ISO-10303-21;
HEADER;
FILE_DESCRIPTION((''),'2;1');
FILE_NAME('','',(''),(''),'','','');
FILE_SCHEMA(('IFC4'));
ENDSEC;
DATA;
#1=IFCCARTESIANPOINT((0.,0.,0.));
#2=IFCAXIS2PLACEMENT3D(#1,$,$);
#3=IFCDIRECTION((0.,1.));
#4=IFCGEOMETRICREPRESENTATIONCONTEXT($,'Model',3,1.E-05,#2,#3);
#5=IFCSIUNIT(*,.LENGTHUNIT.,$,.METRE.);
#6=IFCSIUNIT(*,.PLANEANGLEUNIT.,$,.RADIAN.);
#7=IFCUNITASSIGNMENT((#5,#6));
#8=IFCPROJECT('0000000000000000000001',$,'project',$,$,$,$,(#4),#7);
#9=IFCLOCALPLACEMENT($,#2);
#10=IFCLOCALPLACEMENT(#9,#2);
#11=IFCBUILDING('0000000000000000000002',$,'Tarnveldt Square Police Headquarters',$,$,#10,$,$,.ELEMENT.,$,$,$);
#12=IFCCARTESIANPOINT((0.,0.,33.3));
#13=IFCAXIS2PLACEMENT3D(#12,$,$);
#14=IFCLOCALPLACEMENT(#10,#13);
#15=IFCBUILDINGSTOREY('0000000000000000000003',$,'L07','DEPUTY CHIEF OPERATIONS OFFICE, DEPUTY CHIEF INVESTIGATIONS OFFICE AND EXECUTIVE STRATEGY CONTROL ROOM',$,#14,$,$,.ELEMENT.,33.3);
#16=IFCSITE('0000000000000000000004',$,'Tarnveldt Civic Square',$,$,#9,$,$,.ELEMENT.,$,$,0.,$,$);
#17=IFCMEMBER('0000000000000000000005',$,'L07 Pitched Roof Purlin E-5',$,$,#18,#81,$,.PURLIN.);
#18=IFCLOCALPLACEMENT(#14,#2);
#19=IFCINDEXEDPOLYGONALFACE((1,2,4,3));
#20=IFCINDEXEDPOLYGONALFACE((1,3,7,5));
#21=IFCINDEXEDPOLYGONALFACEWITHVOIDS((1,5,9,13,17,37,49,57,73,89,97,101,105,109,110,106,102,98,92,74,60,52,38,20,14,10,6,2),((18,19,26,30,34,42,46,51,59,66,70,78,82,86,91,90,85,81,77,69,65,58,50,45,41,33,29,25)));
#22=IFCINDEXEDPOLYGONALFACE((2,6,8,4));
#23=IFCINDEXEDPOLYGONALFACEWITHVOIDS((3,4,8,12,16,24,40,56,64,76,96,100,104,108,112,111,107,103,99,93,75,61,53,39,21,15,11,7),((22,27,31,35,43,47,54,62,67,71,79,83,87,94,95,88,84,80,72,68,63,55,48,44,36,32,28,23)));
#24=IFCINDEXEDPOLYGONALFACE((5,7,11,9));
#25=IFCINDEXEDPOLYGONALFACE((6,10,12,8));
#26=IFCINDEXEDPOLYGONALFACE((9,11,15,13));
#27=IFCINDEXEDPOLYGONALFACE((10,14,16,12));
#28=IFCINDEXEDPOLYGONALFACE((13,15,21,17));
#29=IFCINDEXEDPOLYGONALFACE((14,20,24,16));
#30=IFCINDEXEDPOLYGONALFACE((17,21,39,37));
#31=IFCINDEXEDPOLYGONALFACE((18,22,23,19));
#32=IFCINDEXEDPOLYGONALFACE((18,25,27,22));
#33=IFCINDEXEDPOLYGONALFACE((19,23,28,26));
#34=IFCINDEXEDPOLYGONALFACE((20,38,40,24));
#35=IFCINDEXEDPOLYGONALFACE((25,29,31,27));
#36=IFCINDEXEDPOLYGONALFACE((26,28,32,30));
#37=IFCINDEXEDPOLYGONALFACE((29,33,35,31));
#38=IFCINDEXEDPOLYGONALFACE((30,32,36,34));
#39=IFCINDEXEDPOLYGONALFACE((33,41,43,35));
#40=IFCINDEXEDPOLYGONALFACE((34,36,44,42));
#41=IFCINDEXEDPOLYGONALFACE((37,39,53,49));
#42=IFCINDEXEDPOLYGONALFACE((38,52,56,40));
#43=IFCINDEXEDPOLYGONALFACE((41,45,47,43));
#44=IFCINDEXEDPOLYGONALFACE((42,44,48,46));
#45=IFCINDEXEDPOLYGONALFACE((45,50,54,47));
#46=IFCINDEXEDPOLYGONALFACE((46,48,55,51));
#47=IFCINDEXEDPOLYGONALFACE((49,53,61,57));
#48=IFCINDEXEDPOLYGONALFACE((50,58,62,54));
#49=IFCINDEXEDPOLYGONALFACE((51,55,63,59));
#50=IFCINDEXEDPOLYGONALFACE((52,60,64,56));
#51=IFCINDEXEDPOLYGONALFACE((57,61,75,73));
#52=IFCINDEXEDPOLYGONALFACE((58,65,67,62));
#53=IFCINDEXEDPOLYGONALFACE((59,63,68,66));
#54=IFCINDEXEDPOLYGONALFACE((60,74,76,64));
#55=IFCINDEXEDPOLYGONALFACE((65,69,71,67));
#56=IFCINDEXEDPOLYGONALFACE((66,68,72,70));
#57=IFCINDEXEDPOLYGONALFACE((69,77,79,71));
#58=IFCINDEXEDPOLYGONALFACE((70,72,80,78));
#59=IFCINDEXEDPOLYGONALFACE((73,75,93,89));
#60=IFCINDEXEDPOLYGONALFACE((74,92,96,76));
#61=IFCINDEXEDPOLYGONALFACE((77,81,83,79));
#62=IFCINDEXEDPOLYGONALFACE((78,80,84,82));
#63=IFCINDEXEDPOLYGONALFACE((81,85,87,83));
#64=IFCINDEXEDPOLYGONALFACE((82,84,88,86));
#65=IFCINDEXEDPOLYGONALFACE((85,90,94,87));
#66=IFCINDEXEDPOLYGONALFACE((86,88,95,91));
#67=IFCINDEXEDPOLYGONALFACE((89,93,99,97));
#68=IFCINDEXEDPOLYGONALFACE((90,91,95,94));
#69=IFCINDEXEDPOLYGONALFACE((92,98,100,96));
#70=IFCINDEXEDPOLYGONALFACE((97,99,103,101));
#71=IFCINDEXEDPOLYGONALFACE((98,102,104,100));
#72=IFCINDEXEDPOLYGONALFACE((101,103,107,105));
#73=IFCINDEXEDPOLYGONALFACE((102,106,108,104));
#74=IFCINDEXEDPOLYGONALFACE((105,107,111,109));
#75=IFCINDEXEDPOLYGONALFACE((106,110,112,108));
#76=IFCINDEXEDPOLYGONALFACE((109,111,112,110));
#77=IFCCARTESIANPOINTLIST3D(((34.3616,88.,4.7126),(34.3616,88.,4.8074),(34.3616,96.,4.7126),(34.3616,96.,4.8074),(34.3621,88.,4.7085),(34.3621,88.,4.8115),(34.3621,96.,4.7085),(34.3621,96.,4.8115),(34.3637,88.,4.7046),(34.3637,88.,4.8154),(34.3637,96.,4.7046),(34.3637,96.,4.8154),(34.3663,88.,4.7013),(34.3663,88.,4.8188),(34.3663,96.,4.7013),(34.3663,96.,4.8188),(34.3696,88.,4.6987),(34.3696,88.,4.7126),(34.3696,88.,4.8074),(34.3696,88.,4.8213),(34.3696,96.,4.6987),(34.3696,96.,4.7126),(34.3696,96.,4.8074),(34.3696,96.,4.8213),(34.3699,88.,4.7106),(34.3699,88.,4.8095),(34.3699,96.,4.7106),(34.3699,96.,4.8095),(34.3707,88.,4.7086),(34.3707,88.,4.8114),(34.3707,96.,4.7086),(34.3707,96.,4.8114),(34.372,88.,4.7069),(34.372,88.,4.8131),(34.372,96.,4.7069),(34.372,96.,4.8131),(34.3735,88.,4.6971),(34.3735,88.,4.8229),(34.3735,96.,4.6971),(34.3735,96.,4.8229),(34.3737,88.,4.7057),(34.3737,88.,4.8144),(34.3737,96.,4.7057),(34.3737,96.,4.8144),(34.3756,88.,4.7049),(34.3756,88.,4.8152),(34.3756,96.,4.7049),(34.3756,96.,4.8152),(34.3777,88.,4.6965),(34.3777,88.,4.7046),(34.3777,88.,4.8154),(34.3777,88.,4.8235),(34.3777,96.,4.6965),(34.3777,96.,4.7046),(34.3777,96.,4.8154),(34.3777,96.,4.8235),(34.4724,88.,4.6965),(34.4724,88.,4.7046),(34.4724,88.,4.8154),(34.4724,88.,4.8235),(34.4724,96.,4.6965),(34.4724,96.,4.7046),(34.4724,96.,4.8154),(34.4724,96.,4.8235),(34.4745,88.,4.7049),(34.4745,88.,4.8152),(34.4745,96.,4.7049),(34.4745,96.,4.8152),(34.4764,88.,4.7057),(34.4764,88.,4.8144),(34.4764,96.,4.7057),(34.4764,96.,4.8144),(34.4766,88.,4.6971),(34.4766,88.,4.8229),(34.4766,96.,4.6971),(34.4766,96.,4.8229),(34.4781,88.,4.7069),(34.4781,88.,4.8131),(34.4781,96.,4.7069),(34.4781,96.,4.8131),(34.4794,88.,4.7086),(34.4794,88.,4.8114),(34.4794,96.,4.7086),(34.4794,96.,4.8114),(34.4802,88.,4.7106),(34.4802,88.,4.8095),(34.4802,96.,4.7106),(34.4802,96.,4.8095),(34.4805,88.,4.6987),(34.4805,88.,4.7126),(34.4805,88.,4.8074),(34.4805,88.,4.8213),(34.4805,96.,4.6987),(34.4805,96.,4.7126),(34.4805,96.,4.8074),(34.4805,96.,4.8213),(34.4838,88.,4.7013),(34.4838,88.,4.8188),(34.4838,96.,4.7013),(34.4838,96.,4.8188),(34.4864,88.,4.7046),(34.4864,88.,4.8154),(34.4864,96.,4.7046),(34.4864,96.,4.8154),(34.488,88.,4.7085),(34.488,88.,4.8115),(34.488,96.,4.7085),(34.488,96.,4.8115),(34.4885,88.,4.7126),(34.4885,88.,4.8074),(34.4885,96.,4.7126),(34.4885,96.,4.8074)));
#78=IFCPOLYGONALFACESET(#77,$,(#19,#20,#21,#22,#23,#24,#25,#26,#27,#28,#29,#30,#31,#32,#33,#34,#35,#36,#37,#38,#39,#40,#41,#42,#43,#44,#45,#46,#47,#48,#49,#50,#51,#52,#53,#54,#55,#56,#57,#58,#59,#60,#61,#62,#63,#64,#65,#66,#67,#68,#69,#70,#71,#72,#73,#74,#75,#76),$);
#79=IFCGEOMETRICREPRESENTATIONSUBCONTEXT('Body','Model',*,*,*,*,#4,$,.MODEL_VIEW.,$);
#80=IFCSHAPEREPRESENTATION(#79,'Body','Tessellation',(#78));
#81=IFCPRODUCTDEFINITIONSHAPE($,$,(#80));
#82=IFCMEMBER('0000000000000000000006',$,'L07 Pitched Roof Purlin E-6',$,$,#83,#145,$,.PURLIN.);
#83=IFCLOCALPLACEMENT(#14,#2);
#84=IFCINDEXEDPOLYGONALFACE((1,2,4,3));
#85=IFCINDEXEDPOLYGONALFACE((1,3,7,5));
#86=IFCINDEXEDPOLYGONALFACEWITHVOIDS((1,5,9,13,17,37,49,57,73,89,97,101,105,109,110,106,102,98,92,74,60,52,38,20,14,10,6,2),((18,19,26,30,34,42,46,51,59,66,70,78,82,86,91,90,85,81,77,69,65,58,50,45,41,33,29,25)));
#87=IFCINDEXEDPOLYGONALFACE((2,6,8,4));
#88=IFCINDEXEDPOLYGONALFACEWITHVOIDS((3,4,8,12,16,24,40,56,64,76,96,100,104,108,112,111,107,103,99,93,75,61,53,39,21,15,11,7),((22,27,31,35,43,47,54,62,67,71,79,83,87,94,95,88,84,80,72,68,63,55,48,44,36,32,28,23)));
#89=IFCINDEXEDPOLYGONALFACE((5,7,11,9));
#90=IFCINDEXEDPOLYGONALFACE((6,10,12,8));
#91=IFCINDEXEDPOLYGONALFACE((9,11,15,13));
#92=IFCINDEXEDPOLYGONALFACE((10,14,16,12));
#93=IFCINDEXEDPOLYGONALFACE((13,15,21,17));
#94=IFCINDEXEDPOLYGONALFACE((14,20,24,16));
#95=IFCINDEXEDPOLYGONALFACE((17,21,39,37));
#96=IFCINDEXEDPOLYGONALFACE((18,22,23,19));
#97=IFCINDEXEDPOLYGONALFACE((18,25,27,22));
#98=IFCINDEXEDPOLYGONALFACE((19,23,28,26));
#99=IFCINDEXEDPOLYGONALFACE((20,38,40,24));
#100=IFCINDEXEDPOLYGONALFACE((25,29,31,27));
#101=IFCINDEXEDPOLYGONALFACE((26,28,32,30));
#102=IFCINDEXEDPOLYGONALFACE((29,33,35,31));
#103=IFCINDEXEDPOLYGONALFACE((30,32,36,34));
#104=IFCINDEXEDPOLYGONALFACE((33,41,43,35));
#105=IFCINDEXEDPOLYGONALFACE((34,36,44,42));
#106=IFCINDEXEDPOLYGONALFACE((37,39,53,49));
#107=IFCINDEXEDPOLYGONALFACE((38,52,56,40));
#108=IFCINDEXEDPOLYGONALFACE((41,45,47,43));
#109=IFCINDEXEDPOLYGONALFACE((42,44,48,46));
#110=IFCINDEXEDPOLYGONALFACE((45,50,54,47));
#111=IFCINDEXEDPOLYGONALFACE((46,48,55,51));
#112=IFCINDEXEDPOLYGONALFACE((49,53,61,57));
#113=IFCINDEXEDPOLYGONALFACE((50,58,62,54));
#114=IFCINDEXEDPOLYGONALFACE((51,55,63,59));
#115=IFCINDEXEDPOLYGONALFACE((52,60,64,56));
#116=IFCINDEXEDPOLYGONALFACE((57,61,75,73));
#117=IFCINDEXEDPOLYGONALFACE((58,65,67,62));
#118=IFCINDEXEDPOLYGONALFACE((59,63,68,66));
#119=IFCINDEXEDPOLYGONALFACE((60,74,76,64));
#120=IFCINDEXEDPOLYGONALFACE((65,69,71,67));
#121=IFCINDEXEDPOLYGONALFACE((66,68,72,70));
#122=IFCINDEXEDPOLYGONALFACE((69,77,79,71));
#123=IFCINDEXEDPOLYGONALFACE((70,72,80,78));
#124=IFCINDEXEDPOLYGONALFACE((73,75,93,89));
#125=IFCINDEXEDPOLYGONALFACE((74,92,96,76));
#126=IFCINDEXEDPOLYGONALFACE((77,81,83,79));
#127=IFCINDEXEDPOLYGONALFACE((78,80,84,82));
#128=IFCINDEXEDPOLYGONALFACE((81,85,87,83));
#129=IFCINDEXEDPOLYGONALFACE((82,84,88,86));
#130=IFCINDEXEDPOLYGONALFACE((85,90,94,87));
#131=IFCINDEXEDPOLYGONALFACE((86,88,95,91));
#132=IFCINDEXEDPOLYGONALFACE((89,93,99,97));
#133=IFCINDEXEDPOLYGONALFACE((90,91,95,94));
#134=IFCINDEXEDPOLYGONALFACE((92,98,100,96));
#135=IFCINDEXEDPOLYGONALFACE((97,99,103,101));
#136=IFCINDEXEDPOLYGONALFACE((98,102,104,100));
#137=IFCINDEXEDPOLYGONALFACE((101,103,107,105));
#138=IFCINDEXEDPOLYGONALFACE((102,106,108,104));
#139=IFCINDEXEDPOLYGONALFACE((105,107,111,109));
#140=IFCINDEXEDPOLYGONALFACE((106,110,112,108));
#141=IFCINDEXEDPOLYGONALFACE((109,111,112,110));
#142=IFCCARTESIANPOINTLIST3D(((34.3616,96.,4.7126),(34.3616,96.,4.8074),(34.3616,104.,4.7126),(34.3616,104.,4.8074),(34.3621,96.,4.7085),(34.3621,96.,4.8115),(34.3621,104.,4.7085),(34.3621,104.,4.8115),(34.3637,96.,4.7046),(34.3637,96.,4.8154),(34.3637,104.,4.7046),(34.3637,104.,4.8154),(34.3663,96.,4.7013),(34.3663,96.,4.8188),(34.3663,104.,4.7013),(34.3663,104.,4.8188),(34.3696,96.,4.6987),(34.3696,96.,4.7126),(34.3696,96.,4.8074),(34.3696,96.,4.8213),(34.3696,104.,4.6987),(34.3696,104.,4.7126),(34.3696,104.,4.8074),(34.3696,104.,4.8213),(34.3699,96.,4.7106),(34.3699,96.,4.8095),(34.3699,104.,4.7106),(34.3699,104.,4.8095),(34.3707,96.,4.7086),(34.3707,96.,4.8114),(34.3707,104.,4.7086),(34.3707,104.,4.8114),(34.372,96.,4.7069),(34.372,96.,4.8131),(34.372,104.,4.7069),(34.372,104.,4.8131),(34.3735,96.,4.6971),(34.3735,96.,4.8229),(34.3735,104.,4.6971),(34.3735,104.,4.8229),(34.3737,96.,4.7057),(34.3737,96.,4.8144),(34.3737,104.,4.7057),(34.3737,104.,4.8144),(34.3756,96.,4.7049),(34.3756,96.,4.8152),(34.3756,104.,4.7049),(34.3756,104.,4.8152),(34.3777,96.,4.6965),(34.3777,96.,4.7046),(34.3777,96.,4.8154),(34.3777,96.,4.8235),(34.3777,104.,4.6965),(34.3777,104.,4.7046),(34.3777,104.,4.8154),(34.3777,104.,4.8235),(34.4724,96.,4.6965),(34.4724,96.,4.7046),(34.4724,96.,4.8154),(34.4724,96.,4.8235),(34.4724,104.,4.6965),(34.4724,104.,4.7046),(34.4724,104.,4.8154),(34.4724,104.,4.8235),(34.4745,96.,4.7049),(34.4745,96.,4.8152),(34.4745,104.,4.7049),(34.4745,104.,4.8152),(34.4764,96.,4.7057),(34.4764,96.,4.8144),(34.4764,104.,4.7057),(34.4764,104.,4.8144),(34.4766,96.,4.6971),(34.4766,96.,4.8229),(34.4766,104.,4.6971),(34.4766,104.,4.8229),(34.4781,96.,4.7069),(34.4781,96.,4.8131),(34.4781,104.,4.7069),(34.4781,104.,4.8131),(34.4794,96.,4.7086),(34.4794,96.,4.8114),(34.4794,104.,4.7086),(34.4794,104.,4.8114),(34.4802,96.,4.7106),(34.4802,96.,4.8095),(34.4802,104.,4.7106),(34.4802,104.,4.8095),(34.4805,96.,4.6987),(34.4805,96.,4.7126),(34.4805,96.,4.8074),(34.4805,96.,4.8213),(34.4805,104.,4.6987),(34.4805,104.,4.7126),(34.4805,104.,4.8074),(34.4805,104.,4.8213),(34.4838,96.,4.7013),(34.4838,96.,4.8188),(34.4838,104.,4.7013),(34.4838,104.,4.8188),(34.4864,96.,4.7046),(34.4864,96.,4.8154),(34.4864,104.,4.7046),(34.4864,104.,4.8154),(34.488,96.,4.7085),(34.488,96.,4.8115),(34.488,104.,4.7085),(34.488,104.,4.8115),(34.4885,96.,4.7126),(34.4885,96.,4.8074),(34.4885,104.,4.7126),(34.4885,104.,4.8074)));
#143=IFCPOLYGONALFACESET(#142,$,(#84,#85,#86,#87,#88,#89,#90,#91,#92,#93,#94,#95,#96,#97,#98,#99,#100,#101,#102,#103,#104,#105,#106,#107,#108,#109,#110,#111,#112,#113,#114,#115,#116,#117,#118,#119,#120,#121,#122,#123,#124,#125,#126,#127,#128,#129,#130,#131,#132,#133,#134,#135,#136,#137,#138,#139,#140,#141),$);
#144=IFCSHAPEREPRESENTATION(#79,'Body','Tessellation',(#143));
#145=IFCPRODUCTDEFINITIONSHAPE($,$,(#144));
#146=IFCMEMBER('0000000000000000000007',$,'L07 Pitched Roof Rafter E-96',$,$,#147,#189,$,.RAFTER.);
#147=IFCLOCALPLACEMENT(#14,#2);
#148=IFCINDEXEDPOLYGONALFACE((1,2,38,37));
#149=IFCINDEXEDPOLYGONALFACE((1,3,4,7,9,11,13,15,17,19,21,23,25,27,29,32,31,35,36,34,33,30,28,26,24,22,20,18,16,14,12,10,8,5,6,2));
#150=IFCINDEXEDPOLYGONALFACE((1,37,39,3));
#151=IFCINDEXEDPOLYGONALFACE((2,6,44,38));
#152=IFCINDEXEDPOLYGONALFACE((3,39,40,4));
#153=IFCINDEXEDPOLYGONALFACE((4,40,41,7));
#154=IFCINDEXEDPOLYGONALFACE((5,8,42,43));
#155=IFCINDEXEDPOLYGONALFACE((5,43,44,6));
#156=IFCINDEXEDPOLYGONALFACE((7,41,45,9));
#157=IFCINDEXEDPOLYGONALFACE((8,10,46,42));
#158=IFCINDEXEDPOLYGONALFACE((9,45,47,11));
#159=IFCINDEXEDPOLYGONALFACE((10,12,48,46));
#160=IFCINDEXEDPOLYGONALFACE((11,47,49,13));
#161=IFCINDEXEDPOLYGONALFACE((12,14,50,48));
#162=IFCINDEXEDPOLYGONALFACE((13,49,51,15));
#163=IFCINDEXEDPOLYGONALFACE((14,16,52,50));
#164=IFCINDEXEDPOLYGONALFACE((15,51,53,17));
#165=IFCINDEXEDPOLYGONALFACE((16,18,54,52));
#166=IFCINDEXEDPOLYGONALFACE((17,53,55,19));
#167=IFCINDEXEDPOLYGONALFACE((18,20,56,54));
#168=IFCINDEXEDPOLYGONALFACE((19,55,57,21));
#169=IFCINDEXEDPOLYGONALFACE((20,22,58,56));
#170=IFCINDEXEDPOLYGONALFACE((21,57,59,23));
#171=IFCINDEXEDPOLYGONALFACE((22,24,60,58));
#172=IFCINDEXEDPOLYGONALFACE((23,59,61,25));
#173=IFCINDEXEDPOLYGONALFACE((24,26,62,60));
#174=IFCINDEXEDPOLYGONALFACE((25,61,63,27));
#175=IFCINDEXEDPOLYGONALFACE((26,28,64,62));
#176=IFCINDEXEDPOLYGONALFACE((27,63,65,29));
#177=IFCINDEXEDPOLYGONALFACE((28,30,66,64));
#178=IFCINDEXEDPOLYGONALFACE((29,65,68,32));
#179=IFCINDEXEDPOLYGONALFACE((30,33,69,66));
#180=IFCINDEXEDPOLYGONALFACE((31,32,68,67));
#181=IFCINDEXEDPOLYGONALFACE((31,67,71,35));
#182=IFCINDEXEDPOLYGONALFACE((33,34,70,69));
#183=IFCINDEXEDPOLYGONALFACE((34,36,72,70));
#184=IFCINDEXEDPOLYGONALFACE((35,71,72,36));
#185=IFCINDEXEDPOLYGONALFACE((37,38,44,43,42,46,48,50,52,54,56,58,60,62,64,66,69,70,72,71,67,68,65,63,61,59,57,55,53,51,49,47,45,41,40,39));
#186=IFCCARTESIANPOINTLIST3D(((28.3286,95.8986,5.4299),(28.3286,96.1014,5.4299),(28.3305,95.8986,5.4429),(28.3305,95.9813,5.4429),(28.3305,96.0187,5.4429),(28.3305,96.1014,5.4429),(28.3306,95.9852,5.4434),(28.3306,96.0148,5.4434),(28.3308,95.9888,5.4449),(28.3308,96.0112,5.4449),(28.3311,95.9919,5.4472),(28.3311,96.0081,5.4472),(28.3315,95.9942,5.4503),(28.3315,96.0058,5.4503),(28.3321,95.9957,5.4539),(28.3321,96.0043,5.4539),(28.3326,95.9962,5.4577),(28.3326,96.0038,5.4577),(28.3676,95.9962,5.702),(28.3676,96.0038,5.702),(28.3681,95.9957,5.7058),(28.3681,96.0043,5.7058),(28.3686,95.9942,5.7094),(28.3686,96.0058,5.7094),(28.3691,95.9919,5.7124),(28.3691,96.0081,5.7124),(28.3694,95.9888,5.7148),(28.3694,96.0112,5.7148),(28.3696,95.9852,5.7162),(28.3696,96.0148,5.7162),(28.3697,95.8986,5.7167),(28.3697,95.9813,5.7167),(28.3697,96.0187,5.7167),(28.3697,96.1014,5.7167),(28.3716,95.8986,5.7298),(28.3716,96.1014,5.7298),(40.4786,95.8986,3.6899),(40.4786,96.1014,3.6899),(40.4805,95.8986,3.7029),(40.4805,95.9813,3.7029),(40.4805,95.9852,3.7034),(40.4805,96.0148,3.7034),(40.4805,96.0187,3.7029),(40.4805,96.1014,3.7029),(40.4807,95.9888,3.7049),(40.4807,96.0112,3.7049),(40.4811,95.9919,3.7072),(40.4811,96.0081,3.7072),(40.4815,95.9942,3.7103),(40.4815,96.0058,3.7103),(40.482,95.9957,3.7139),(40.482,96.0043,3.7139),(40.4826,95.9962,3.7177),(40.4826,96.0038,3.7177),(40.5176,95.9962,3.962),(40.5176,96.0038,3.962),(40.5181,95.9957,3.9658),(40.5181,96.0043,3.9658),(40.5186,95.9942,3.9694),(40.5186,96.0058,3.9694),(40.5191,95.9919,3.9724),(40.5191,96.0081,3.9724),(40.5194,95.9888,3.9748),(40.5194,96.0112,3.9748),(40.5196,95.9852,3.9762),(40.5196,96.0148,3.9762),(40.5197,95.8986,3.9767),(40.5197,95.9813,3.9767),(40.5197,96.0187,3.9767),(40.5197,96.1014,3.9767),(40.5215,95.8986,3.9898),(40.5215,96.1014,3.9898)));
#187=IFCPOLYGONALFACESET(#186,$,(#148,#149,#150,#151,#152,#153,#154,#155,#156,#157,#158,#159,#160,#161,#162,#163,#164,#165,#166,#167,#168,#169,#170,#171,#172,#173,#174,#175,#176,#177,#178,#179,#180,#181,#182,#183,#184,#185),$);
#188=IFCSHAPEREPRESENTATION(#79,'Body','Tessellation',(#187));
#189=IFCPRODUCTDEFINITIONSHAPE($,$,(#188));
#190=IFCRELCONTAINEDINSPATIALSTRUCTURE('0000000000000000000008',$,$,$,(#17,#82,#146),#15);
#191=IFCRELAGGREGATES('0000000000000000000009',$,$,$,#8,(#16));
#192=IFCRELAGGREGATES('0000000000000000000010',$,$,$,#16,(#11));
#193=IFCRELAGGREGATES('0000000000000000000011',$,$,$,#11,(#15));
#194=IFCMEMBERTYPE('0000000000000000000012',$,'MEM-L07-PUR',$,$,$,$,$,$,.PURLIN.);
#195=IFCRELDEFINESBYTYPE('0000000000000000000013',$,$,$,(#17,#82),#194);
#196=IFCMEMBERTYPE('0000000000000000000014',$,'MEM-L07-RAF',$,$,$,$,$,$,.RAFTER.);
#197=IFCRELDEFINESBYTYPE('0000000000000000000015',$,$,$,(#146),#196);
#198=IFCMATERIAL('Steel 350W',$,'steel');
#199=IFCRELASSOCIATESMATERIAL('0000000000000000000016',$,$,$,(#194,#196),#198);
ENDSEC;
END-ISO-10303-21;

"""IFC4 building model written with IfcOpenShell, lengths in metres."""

from ifc_helpers import new_model, si_unit, direction, frame, origin, origin_2d, place, context, subcontext, project, spatial, hollow_rectangle, i_section, extrude, material, material_profile, profile_set, type_object, element, save


model = new_model("IFC4")

# Units and contexts
model_context = context("Model", 3, precision=1e-05, world=origin(), true_north=direction((0.0, 1.0)))
body_context = subcontext(model_context, "Body", "Model", "MODEL_VIEW")
ifc_project = project(units=[si_unit("LENGTHUNIT", "METRE"), si_unit("PLANEANGLEUNIT", "RADIAN")], contexts=[model_context])

# Site, building, storey
site_placement = place(None, origin())
site = spatial("IfcSite", under=ifc_project, at=site_placement, Name="Tarnveldt Civic Square", CompositionType="ELEMENT", RefElevation=0.0)
building_placement = place(site_placement, origin())
building = spatial("IfcBuilding", under=site, at=building_placement, Name="Tarnveldt Square Police Headquarters", CompositionType="ELEMENT")
storey_placement = place(building_placement, frame((0.0, 0.0, 33.3)))
storey = spatial("IfcBuildingStorey", under=building, at=storey_placement, Name="L07", Description="DEPUTY CHIEF OPERATIONS OFFICE, DEPUTY CHIEF INVESTIGATIONS OFFICE AND EXECUTIVE STRATEGY CONTROL ROOM", CompositionType="ELEMENT", Elevation=33.3)

# Shared definitions
ifc_material_1 = material(Name="Steel 350W", Category="steel")

# Members
ifc_material_profile_1 = material_profile(ifc_material_1, hollow_rectangle(XDim=0.127, YDim=0.127, WallThickness=0.0081, InnerFilletRadius=0.0081, OuterFilletRadius=0.0161, at=origin_2d()), Name="HSS127x127x8.0")
ifc_profile_set_1 = profile_set([ifc_material_profile_1], Name="Steel 350W")
member_type_1 = type_object("IfcMemberType", Name="MEM-L07-PUR", PredefinedType="PURLIN", material=ifc_profile_set_1)
for number, where, z_axis, x_axis, name in (
    (1, (34.425, 88.0, 4.76), (0.0, 1.0, 0.0), (-1.0, 0.0, 0.0), "L07 Pitched Roof Purlin E-5"),
    (2, (34.425, 96.0, 4.76), (0.0, 1.0, 0.0), (-1.0, 0.0, 0.0), "L07 Pitched Roof Purlin E-6"),
):
    element("IfcMember", number, at=place(storey_placement, frame(where, z_axis=z_axis, x_axis=x_axis)), inside=storey, type_object=member_type_1, Name=name, PredefinedType="PURLIN", context=body_context, shape_type="SweptSolid", body=[
        extrude(hollow_rectangle(XDim=0.127, YDim=0.127, WallThickness=0.0081, InnerFilletRadius=0.0081, OuterFilletRadius=0.0161, at=origin_2d()), origin(), (0.0, 0.0, 1.0), 8.0),
    ])
ifc_material_profile_2 = material_profile(ifc_material_1, i_section(OverallWidth=0.2029, OverallDepth=0.303, WebThickness=0.0076, FlangeThickness=0.0132, FilletRadius=0.0149, at=origin_2d()), Name="W310x60")
ifc_profile_set_2 = profile_set([ifc_material_profile_2], Name="Steel 350W")
member_type_2 = type_object("IfcMemberType", Name="MEM-L07-RAF", PredefinedType="RAFTER", material=ifc_profile_set_2)
member_1_placement = place(storey_placement, frame((28.3501, 96.0, 5.5798), z_axis=(0.989901, 0.0, -0.141764), x_axis=(0.0, 1.0, 0.0)))
element("IfcMember", 3, at=member_1_placement, inside=storey, type_object=member_type_2, Name="L07 Pitched Roof Rafter E-96", PredefinedType="RAFTER", context=body_context, shape_type="SweptSolid", body=[
    extrude(i_section(OverallWidth=0.2029, OverallDepth=0.303, WebThickness=0.0076, FlangeThickness=0.0132, FilletRadius=0.0149, at=origin_2d()), origin(), (0.0, 0.0, 1.0), 12.2739),
])

save(model, "model.ifc")
